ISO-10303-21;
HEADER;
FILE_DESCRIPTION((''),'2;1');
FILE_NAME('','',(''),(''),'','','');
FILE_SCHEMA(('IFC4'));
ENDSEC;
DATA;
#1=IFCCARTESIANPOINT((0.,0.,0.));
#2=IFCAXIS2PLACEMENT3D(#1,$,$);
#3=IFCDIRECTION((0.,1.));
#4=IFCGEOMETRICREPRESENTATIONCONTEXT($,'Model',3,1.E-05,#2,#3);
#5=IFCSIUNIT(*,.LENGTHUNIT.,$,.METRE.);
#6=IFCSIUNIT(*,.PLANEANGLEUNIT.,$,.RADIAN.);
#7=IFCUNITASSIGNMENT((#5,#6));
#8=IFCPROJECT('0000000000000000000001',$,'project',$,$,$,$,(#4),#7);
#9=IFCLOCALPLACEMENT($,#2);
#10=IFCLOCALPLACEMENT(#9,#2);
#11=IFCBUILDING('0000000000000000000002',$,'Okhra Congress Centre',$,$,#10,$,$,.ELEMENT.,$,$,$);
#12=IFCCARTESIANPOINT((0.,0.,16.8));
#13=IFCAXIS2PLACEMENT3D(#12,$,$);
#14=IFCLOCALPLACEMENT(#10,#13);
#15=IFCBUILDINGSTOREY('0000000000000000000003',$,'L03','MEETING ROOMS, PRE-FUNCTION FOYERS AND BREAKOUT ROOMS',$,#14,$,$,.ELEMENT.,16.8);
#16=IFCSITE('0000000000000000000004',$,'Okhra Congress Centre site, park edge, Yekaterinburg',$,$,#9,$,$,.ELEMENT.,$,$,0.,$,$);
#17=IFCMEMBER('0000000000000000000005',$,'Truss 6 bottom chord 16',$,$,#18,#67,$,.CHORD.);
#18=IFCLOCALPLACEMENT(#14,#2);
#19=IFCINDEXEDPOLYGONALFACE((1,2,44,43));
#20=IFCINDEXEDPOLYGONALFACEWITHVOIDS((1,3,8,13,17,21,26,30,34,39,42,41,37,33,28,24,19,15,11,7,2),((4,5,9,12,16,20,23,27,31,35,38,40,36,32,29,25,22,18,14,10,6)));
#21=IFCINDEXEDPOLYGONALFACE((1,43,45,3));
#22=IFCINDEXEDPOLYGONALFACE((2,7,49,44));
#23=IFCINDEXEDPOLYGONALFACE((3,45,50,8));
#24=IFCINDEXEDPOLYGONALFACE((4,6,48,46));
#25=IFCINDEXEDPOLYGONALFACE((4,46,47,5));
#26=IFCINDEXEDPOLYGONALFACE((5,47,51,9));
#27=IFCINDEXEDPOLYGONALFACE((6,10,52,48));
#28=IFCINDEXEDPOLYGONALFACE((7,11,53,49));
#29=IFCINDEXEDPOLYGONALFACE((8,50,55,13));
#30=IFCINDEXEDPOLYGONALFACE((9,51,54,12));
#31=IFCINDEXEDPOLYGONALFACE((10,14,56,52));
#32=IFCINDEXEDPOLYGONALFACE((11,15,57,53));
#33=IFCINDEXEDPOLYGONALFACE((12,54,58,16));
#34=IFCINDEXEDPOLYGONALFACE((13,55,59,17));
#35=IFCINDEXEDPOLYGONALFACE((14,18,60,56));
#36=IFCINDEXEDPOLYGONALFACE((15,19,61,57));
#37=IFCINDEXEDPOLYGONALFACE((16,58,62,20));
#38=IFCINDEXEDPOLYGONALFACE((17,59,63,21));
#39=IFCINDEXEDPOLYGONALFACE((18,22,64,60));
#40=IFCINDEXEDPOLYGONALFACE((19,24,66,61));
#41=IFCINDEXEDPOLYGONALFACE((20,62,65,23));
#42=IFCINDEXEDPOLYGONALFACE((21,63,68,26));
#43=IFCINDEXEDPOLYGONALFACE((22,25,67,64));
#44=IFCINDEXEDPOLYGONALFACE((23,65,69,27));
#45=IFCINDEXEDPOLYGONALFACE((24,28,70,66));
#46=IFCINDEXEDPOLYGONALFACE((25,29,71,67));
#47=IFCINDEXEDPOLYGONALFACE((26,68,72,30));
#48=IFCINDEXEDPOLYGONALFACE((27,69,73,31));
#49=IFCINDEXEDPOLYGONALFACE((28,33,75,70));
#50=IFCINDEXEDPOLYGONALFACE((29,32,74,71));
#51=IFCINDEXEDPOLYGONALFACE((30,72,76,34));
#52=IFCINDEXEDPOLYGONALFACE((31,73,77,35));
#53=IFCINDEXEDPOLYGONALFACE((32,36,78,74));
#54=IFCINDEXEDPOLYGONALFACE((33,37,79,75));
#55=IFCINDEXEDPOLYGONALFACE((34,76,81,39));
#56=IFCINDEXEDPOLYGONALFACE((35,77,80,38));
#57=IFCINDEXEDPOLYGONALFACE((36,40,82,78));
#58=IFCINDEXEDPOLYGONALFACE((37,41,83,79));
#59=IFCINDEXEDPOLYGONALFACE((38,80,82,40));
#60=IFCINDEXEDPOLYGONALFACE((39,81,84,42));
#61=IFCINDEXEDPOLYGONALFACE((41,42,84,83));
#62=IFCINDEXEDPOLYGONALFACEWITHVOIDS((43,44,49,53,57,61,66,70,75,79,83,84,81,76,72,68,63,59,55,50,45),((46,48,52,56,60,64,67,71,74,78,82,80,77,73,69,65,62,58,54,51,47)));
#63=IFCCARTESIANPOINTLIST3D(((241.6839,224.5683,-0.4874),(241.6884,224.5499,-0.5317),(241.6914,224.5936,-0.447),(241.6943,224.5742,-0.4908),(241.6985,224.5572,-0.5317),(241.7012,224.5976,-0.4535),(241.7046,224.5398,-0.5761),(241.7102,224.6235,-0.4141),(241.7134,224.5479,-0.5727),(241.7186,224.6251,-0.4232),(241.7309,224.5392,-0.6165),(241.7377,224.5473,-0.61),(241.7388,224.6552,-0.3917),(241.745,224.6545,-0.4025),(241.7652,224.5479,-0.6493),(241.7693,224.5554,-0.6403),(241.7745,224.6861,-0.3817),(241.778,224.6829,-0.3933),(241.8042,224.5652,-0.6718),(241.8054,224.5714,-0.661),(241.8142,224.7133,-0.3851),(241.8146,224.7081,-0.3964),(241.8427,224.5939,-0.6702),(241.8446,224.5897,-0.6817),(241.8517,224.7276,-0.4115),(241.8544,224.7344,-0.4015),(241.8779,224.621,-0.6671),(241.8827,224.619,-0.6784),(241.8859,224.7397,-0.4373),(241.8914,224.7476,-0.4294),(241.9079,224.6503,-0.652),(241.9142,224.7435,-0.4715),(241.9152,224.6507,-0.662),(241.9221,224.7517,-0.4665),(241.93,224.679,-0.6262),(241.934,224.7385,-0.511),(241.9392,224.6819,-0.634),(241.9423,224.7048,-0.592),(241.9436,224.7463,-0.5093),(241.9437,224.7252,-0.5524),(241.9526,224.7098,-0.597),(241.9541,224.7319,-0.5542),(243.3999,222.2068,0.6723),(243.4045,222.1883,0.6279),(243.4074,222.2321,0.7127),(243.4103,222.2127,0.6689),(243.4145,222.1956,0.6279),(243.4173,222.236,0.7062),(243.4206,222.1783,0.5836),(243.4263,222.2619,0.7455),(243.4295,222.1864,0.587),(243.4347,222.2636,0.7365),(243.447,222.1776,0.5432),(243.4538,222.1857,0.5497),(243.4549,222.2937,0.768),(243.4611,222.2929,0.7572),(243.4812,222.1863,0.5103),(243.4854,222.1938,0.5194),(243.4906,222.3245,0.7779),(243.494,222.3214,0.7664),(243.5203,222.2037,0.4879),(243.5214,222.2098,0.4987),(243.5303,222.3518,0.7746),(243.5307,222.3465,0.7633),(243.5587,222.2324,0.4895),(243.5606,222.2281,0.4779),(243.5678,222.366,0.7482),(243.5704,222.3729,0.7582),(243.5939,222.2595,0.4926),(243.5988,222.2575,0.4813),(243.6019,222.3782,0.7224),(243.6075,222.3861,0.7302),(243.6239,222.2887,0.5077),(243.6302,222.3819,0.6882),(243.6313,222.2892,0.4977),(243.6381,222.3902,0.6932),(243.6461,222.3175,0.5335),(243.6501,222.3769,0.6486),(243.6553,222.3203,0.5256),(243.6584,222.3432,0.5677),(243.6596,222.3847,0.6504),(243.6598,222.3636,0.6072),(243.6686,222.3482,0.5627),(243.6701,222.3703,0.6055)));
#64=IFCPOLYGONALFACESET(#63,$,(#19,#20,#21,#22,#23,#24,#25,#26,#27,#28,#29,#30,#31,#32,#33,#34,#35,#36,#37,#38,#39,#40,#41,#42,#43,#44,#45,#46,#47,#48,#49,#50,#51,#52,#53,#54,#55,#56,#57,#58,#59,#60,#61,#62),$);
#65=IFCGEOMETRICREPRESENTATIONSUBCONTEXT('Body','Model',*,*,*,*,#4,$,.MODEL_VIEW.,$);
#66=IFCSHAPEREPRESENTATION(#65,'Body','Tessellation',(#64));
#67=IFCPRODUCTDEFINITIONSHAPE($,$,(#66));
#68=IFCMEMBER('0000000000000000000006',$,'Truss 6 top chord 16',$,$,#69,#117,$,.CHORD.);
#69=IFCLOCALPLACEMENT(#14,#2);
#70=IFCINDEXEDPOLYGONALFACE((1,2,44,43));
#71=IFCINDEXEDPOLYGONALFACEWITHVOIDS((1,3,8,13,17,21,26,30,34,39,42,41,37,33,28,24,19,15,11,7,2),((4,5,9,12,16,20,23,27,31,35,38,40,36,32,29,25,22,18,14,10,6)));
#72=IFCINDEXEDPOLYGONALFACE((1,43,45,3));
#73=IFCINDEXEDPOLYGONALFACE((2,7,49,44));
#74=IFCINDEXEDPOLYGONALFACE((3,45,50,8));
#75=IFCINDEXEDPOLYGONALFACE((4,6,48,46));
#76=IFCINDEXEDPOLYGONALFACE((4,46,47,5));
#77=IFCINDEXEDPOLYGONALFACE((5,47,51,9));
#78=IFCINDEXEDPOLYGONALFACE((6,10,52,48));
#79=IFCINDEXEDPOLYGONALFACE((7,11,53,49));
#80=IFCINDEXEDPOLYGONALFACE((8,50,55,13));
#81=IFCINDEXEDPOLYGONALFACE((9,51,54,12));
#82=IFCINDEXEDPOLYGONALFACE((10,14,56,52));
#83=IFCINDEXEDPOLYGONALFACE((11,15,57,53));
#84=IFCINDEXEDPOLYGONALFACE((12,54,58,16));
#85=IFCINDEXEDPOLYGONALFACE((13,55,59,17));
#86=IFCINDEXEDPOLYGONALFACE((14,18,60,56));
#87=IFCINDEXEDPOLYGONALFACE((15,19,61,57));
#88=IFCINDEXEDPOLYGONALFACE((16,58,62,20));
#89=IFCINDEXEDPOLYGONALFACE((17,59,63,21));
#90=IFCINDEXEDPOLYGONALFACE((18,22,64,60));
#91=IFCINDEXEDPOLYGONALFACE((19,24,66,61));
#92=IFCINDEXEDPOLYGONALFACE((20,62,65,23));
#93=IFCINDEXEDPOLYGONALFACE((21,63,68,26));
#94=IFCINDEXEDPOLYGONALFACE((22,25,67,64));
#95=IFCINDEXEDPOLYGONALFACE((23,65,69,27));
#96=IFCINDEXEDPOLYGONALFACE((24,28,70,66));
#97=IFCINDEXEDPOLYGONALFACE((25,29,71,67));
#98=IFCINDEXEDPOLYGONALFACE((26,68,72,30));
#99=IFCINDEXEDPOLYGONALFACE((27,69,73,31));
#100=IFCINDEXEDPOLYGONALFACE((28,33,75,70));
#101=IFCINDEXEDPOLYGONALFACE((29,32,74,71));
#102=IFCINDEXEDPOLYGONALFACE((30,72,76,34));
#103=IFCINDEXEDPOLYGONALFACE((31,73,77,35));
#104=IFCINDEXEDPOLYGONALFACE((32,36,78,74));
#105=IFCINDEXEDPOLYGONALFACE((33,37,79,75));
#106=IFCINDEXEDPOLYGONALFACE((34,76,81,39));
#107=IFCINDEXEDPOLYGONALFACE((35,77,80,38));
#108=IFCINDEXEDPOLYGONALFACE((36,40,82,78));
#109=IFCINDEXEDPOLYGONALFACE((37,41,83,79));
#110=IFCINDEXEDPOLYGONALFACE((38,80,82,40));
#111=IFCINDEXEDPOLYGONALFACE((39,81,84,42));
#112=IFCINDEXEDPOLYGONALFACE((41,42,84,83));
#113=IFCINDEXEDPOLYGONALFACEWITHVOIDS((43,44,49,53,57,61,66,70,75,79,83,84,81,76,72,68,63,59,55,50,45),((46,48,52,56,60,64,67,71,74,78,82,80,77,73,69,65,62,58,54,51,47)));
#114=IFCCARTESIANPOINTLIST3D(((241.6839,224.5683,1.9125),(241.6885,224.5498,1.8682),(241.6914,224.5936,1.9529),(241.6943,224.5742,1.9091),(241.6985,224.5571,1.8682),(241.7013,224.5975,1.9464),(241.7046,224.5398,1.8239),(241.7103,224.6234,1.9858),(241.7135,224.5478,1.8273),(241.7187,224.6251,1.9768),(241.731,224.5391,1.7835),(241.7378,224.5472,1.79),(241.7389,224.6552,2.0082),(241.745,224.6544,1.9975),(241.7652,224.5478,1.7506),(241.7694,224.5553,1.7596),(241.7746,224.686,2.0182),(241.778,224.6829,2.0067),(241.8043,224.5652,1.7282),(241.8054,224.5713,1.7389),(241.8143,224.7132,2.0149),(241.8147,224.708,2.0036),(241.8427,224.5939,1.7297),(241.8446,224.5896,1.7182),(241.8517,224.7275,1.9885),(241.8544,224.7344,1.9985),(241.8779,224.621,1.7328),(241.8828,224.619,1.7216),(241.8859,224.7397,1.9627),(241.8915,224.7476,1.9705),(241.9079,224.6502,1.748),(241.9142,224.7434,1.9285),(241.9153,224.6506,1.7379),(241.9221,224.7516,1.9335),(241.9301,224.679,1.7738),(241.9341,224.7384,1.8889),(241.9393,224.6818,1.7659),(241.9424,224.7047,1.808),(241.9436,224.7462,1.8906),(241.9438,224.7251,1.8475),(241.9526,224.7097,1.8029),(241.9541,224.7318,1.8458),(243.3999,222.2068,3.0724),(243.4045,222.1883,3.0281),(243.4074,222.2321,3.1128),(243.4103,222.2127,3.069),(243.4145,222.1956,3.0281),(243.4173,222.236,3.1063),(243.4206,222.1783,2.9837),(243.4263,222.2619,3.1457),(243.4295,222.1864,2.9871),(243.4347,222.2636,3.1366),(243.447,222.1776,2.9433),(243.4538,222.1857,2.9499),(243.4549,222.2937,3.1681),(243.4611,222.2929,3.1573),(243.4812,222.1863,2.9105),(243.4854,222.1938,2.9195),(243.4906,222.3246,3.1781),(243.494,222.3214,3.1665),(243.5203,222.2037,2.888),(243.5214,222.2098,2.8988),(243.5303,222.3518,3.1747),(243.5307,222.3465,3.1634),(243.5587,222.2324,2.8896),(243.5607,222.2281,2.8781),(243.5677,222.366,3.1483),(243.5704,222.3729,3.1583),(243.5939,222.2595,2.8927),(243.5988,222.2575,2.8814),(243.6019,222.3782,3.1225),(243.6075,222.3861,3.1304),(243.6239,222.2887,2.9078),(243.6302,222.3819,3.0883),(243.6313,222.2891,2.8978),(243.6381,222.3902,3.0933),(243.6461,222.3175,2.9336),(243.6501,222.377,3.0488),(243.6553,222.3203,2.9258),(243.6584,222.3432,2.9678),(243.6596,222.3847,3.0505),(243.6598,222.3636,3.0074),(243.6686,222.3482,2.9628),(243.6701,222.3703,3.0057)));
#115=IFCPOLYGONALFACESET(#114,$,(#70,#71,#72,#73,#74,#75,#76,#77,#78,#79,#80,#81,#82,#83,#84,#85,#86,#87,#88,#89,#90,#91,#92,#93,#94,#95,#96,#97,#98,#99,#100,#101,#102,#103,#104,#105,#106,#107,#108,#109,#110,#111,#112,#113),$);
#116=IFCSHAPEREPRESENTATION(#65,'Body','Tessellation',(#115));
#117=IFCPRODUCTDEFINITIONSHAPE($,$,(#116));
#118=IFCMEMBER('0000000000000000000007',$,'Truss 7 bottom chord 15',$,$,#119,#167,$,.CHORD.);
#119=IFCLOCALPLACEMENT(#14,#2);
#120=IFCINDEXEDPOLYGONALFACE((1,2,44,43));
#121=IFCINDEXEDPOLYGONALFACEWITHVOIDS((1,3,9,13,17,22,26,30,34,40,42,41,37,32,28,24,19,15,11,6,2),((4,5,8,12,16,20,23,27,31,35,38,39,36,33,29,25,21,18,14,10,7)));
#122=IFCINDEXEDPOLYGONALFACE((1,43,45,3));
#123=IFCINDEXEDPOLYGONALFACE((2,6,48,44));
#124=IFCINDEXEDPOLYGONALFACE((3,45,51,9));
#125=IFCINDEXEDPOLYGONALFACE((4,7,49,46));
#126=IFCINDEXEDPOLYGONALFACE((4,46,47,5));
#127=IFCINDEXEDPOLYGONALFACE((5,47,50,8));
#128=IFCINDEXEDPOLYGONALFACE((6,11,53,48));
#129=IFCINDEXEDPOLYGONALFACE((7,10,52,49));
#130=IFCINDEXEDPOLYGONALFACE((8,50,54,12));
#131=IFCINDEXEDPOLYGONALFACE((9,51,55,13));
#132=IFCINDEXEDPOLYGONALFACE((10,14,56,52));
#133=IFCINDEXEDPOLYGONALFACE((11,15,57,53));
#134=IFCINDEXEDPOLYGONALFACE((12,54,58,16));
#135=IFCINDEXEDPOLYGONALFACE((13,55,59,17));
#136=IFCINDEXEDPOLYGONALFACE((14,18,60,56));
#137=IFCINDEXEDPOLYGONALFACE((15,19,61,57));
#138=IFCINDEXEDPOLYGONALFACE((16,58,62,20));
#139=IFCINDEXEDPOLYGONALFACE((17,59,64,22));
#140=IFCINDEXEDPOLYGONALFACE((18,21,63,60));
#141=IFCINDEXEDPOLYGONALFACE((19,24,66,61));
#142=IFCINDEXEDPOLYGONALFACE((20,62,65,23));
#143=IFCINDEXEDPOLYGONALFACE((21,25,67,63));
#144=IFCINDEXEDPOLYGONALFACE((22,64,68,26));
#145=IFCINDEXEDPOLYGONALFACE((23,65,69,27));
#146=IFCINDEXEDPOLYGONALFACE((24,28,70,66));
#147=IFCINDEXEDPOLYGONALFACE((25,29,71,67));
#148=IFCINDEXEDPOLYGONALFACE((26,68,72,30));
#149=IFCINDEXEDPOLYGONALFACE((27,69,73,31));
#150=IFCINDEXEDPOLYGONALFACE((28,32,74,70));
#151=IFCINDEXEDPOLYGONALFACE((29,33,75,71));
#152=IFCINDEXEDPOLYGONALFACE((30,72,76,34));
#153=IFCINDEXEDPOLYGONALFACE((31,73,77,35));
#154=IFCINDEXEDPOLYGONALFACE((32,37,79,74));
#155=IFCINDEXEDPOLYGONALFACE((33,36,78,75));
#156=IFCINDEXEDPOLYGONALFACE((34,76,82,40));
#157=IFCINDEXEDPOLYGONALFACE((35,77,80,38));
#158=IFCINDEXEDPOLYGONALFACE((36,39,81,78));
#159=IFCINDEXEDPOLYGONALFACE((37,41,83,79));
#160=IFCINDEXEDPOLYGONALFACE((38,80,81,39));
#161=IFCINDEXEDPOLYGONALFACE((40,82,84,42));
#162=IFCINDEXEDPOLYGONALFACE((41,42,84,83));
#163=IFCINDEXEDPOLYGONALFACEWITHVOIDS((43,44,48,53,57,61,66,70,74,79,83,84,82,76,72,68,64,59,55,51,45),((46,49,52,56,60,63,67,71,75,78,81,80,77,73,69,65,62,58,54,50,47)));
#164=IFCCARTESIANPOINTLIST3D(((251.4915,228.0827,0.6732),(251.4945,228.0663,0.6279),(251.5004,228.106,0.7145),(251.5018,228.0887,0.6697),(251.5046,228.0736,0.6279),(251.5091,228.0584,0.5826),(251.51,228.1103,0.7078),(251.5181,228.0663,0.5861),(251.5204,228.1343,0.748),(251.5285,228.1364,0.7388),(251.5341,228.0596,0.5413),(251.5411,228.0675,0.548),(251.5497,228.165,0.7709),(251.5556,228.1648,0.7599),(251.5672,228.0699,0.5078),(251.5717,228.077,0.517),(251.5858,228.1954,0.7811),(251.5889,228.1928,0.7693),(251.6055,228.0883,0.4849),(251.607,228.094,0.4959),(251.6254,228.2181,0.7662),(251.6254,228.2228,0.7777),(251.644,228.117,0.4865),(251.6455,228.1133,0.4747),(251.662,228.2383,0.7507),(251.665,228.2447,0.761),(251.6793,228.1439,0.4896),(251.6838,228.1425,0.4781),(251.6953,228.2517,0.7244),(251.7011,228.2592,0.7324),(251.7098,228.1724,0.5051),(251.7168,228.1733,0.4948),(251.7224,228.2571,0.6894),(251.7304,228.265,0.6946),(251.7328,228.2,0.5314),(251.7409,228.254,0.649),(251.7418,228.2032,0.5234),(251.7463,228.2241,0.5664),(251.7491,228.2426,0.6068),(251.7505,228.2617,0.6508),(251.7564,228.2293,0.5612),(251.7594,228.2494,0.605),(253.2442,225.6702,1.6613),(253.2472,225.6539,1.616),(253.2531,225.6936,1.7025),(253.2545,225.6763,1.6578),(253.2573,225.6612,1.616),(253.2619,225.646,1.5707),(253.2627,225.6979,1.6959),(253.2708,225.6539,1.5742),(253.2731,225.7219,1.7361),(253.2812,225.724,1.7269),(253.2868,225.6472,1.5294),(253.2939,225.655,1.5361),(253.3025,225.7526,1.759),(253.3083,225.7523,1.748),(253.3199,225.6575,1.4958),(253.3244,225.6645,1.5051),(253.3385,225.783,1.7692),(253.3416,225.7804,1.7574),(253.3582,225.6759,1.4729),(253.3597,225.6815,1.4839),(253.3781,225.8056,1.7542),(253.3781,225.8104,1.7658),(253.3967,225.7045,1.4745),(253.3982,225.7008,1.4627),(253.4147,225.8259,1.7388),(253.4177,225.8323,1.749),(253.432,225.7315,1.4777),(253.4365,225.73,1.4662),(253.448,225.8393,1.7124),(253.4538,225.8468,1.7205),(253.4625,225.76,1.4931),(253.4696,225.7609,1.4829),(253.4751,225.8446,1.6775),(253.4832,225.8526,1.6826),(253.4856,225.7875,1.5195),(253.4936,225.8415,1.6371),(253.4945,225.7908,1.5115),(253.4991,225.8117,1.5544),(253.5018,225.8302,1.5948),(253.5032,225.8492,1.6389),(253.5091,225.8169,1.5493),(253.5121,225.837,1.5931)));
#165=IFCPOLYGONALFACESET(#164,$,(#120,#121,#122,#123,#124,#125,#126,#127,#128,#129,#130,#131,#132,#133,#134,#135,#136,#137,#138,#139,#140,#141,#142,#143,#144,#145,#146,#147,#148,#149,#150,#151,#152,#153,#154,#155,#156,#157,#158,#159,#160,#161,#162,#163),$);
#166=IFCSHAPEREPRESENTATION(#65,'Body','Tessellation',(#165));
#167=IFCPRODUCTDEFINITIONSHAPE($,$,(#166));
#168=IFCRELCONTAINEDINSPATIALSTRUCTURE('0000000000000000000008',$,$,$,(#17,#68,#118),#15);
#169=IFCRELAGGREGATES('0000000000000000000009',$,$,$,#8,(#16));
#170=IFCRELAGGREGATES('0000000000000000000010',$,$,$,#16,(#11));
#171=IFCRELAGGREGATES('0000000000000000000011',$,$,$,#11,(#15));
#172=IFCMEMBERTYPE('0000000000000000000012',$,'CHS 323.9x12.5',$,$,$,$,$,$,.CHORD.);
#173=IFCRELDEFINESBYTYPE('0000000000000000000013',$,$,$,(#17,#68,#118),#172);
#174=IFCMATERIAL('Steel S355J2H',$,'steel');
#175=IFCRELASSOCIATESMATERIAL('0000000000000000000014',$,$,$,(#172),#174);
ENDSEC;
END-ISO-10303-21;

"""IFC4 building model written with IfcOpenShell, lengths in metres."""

from ifc_helpers import new_model, si_unit, direction, frame, origin, origin_2d, place, context, subcontext, project, spatial, hollow_circle, extrude, material, material_profile, profile_set, type_object, element, save


model = new_model("IFC4")

# Units and contexts
model_context = context("Model", 3, precision=1e-05, world=origin(), true_north=direction((0.0, 1.0)))
body_context = subcontext(model_context, "Body", "Model", "MODEL_VIEW")
ifc_project = project(units=[si_unit("LENGTHUNIT", "METRE"), si_unit("PLANEANGLEUNIT", "RADIAN")], contexts=[model_context])

# Site, building, storey
site_placement = place(None, origin())
site = spatial("IfcSite", under=ifc_project, at=site_placement, Name="Okhra Congress Centre site, park edge, Yekaterinburg", CompositionType="ELEMENT", RefElevation=0.0)
building_placement = place(site_placement, origin())
building = spatial("IfcBuilding", under=site, at=building_placement, Name="Okhra Congress Centre", CompositionType="ELEMENT")
storey_placement = place(building_placement, frame((0.0, 0.0, 16.8)))
storey = spatial("IfcBuildingStorey", under=building, at=storey_placement, Name="L03", Description="MEETING ROOMS, PRE-FUNCTION FOYERS AND BREAKOUT ROOMS", CompositionType="ELEMENT", Elevation=16.8)

# Members
ifc_material_1 = material(Name="Steel S355J2H", Category="steel")
ifc_material_profile_1 = material_profile(ifc_material_1, hollow_circle(Radius=0.1619, WallThickness=0.0125, at=origin_2d()), Name="CHS 323.9x12.5")
ifc_profile_set_1 = profile_set([ifc_material_profile_1], Name="Steel S355J2H")
member_type_1 = type_object("IfcMemberType", Name="CHS 323.9x12.5", PredefinedType="CHORD", material=ifc_profile_set_1)
for number, where, z_axis, x_axis, name in (
    (1, (243.5354, 222.2834, 0.6279), (-0.54632, 0.751821, -0.369188), (-0.808971, -0.587848, 0.0), "Truss 6 bottom chord 16"),
    (2, (243.5354, 222.2834, 3.0281), (-0.546304, 0.7518, -0.369255), (-0.808971, -0.587848, 0.0), "Truss 6 top chord 16"),
):
    element("IfcMember", number, at=place(storey_placement, frame(where, z_axis=z_axis, x_axis=x_axis)), inside=storey, type_object=member_type_1, Name=name, PredefinedType="CHORD", context=body_context, shape_type="SweptSolid", body=[
        extrude(hollow_circle(Radius=0.1619, WallThickness=0.0125, at=origin_2d()), origin(), (0.0, 0.0, 1.0), 3.1411),
    ])
for number, where, z_axis, x_axis, name in (
    (3, (253.3782, 225.749, 1.616), (-0.557955, 0.767955, -0.314534), (-0.809016, -0.587787, 0.0), "Truss 7 bottom chord 15"),
):
    element("IfcMember", number, at=place(storey_placement, frame(where, z_axis=z_axis, x_axis=x_axis)), inside=storey, type_object=member_type_1, Name=name, PredefinedType="CHORD", context=body_context, shape_type="SweptSolid", body=[
        extrude(hollow_circle(Radius=0.1619, WallThickness=0.0125, at=origin_2d()), origin(), (0.0, 0.0, 1.0), 3.1414),
    ])

save(model, "model.ifc")
